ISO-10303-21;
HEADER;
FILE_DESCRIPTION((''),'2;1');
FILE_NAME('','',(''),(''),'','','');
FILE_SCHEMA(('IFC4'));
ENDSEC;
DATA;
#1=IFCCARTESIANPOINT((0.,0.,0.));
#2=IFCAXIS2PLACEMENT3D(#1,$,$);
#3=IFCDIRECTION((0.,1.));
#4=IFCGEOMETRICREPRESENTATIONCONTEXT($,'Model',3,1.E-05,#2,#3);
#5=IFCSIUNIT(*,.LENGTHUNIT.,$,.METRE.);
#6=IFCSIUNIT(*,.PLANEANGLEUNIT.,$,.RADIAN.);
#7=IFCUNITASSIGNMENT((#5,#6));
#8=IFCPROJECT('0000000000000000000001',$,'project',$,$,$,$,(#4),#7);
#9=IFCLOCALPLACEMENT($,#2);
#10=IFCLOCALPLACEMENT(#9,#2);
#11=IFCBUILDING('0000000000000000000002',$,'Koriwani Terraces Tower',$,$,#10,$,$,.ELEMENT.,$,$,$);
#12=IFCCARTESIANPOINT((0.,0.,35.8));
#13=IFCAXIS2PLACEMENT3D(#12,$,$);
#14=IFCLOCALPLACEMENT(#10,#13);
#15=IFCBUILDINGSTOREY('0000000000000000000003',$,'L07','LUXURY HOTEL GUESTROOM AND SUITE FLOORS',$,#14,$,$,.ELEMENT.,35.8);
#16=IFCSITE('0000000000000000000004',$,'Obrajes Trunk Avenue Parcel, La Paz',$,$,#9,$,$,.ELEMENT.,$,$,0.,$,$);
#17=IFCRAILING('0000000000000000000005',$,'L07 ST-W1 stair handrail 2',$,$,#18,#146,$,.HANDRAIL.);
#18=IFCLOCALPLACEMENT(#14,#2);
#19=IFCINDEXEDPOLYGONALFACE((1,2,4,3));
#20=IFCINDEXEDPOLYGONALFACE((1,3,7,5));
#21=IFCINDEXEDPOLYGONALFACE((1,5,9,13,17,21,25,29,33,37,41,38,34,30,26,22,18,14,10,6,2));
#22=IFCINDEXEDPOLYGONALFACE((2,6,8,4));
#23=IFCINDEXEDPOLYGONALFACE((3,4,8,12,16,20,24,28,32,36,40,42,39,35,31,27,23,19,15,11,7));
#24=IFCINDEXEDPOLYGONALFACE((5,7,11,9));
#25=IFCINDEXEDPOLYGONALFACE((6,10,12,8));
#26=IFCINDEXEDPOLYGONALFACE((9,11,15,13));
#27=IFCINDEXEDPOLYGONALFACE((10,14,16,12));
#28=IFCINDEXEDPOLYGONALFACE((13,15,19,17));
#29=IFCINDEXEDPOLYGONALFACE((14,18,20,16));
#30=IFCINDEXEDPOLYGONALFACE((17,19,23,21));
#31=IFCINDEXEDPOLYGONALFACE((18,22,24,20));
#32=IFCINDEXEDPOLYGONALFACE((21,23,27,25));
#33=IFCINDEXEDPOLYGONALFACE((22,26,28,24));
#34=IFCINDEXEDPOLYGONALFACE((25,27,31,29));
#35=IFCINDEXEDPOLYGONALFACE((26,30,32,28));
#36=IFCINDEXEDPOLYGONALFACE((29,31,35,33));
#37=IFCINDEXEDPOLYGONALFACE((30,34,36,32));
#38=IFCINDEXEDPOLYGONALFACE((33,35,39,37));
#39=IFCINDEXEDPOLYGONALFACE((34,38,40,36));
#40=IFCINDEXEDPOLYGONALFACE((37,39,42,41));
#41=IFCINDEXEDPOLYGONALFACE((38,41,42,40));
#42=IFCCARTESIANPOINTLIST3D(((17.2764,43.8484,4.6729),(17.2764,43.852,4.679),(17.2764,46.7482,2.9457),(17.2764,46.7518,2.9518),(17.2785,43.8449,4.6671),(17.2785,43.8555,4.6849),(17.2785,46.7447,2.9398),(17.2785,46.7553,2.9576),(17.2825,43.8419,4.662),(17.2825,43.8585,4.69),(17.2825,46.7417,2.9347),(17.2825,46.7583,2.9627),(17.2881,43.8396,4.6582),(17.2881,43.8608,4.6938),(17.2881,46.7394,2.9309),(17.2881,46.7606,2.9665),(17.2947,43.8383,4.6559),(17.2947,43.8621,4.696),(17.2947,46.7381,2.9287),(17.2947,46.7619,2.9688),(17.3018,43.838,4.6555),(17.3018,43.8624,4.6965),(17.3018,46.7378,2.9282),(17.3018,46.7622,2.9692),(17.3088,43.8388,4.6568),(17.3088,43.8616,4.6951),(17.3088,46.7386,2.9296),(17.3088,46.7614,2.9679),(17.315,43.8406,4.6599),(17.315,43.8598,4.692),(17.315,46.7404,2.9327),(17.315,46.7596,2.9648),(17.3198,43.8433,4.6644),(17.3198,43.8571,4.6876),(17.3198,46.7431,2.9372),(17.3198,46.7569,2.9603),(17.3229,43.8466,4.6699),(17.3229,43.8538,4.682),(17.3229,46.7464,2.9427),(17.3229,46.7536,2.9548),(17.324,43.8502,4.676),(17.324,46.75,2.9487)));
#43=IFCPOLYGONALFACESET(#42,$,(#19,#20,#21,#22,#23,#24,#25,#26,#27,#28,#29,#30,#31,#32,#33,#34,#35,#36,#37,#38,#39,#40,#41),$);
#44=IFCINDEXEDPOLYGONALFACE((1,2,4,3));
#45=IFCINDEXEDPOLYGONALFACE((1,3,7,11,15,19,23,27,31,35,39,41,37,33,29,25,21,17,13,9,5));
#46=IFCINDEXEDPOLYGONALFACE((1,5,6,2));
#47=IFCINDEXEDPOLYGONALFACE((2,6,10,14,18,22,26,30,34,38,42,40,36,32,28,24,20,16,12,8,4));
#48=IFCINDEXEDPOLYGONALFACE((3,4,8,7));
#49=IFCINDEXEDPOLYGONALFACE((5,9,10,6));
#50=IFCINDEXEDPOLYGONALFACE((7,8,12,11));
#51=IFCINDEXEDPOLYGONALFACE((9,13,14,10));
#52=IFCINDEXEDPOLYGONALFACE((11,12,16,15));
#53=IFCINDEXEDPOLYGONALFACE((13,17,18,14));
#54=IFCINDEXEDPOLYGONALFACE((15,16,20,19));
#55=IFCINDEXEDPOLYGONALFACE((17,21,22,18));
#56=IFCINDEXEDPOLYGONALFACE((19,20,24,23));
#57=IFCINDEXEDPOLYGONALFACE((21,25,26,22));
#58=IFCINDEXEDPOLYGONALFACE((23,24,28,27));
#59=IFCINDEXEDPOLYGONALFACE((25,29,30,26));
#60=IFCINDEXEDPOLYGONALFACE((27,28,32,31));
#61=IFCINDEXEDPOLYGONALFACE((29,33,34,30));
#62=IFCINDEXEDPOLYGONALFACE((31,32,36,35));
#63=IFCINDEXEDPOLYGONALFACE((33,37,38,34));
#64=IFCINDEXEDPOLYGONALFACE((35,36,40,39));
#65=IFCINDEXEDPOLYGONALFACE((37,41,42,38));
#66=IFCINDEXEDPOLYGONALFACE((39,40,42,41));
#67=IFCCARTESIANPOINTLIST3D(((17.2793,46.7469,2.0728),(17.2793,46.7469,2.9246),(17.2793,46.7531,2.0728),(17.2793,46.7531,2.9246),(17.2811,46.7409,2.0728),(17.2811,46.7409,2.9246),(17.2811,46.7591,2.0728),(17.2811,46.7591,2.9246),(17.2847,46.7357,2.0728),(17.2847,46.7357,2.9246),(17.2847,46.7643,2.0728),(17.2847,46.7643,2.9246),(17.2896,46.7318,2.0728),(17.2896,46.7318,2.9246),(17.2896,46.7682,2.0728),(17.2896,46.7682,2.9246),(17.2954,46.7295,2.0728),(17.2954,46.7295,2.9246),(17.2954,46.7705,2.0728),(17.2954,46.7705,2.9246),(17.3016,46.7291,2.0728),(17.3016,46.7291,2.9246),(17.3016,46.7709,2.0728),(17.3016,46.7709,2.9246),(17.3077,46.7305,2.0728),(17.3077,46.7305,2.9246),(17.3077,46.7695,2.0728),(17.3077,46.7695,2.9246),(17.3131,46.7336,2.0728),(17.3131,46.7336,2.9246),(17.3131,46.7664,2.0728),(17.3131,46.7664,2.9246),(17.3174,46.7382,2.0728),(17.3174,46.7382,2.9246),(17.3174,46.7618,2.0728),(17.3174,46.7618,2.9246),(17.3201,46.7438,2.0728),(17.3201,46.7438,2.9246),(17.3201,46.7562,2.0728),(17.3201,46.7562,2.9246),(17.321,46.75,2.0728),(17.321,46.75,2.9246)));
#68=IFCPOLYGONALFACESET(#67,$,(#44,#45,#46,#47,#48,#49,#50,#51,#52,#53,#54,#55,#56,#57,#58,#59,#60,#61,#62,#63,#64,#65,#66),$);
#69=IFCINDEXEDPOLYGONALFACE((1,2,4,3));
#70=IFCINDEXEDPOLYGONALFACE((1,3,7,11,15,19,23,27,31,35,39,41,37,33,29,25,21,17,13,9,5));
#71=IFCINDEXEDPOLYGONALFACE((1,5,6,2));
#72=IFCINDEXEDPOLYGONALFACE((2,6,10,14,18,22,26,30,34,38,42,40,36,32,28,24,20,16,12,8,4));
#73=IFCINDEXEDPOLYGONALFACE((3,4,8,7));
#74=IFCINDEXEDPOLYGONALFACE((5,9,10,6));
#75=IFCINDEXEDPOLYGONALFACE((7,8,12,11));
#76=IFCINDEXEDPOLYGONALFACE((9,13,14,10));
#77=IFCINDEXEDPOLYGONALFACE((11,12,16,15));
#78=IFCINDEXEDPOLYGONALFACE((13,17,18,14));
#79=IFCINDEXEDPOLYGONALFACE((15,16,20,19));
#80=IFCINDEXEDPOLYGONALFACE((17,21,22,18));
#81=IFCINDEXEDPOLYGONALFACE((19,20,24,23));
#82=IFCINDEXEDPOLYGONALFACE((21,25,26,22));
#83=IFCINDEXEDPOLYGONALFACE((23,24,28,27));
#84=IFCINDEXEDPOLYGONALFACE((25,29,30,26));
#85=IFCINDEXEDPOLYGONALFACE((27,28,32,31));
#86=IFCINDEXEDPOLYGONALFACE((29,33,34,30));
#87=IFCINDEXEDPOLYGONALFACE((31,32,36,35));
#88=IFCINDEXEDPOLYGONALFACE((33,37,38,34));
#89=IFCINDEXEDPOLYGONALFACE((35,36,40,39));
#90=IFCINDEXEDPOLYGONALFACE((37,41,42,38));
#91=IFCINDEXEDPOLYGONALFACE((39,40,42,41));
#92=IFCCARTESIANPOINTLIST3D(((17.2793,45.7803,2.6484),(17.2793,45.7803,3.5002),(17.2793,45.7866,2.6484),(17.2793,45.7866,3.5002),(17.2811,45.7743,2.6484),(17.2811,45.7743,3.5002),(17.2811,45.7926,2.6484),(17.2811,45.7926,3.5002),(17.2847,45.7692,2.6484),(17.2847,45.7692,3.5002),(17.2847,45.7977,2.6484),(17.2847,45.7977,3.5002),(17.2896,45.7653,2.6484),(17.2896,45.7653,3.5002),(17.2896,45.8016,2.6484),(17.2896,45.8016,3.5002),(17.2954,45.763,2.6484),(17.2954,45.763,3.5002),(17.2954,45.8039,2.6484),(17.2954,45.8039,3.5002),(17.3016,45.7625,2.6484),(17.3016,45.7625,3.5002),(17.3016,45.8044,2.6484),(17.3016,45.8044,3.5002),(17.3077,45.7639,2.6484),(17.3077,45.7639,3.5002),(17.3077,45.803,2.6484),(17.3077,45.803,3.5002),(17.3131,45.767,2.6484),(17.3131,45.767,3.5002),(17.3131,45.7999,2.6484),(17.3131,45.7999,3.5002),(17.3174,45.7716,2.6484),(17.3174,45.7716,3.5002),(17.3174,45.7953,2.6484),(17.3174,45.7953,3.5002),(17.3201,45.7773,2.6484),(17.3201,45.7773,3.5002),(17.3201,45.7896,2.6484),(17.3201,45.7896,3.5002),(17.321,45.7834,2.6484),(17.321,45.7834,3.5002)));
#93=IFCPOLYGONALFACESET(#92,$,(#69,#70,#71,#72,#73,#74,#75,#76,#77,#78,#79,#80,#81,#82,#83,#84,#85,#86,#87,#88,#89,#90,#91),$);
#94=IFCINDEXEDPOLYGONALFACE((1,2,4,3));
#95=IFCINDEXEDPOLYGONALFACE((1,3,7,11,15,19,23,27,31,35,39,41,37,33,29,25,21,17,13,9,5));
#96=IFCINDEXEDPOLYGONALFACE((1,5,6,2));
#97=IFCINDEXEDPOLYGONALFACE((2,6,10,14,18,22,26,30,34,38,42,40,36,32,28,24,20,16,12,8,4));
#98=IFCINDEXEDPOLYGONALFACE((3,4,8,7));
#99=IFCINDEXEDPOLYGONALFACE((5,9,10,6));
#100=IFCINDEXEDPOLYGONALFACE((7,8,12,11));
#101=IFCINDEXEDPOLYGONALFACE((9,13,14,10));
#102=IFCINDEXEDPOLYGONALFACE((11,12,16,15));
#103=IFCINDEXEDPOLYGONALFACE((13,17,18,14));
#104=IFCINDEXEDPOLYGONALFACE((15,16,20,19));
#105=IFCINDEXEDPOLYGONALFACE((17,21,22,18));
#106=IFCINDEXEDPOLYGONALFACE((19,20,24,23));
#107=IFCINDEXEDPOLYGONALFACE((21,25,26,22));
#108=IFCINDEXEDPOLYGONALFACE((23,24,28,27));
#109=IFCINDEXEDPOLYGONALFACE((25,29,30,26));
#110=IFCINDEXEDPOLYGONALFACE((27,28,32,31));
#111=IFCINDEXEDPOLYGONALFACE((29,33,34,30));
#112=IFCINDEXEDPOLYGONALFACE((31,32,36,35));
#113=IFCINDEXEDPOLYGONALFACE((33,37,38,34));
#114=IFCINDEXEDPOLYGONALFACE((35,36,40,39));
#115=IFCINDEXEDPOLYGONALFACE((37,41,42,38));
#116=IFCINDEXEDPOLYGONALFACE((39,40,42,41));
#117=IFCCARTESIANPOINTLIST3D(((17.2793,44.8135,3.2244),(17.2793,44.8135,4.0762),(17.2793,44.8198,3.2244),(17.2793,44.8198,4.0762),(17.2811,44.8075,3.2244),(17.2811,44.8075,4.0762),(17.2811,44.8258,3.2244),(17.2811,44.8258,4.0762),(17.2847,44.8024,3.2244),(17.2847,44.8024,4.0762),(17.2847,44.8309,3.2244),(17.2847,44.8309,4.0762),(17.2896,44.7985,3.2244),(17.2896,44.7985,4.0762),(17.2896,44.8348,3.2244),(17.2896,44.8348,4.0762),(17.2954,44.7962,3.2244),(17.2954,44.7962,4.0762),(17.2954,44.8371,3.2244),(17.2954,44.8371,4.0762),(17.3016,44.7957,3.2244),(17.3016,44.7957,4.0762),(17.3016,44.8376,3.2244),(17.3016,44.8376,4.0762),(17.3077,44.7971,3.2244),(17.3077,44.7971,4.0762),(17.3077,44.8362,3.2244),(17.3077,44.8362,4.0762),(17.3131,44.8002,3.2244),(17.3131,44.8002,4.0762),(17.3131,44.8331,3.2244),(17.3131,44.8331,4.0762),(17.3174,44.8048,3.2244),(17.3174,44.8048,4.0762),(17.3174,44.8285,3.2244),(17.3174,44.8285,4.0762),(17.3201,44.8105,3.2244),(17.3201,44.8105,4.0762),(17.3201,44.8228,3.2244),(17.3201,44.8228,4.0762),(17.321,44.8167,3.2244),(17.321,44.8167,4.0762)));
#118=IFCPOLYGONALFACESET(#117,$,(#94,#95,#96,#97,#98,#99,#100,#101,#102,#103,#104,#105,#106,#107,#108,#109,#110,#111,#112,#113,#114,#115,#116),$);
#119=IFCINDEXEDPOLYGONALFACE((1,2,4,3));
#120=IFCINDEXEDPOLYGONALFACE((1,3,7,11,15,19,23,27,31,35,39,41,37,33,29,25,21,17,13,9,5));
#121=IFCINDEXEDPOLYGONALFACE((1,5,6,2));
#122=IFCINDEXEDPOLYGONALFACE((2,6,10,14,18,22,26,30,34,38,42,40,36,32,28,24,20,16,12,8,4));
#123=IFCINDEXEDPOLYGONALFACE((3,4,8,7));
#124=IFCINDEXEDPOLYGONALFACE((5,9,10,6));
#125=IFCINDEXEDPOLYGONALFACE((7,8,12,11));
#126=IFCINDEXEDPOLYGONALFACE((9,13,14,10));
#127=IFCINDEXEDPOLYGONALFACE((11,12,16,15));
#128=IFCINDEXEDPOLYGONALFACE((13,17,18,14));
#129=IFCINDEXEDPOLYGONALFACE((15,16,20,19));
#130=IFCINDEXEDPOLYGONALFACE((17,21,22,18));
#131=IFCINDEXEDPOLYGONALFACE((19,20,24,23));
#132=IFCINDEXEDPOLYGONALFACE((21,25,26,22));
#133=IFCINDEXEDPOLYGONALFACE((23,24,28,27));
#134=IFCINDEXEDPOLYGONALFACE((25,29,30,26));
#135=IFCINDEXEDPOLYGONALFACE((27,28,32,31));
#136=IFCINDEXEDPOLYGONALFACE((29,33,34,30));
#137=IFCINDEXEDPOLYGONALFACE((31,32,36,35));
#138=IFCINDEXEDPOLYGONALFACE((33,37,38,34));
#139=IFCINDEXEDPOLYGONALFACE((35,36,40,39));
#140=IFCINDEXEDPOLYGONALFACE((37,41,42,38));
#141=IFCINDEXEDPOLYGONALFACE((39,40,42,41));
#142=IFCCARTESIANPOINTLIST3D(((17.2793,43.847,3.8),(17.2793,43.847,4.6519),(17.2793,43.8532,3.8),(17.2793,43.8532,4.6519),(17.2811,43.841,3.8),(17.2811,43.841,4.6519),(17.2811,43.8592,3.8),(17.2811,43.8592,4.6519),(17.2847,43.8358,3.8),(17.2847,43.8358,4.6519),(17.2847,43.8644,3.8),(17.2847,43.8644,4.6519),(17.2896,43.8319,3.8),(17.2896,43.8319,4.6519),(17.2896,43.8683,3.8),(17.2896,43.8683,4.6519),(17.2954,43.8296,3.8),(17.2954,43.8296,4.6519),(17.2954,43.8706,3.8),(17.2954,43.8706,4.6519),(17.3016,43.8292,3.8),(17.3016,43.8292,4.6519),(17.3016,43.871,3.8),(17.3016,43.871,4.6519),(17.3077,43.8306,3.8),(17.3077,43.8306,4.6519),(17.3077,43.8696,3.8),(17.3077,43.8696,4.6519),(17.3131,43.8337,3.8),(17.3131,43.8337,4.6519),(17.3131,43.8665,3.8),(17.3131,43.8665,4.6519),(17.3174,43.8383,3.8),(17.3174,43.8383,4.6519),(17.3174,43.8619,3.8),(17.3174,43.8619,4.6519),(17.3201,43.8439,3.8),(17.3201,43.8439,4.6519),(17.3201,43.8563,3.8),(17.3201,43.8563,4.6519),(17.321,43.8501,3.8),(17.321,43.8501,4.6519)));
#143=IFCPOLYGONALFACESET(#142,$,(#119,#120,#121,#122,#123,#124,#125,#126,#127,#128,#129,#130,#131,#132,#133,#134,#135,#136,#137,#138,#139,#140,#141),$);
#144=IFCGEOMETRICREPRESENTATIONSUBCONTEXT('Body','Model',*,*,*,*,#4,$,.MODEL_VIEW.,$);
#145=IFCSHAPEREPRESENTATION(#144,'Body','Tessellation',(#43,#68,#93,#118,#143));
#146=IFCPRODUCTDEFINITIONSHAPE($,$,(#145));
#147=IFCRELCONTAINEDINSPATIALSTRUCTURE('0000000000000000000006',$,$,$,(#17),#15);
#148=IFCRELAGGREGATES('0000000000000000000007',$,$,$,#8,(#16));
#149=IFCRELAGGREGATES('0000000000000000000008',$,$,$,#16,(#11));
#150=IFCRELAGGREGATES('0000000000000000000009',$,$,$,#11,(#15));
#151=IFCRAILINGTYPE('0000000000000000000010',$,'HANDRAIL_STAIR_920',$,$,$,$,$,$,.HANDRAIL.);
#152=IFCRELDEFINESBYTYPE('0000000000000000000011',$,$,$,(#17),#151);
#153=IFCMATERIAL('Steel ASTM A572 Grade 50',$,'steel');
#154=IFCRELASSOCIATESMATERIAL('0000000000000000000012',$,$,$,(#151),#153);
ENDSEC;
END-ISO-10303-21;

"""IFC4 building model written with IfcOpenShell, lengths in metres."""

from ifc_helpers import new_model, si_unit, direction, frame, origin, origin_2d, place, context, subcontext, project, spatial, circle, extrude, material, type_object, element, save


model = new_model("IFC4")

# Units and contexts
model_context = context("Model", 3, precision=1e-05, world=origin(), true_north=direction((0.0, 1.0)))
body_context = subcontext(model_context, "Body", "Model", "MODEL_VIEW")
ifc_project = project(units=[si_unit("LENGTHUNIT", "METRE"), si_unit("PLANEANGLEUNIT", "RADIAN")], contexts=[model_context])

# Site, building, storey
site_placement = place(None, origin())
site = spatial("IfcSite", under=ifc_project, at=site_placement, Name="Obrajes Trunk Avenue Parcel, La Paz", CompositionType="ELEMENT", RefElevation=0.0)
building_placement = place(site_placement, origin())
building = spatial("IfcBuilding", under=site, at=building_placement, Name="Koriwani Terraces Tower", CompositionType="ELEMENT")
storey_placement = place(building_placement, frame((0.0, 0.0, 35.8)))
storey = spatial("IfcBuildingStorey", under=building, at=storey_placement, Name="L07", Description="LUXURY HOTEL GUESTROOM AND SUITE FLOORS", CompositionType="ELEMENT", Elevation=35.8)

# Shared definitions
ifc_material_1 = material(Name="Steel ASTM A572 Grade 50", Category="steel")

# Railing
railing_type_1 = type_object("IfcRailingType", Name="HANDRAIL_STAIR_920", PredefinedType="HANDRAIL", material=ifc_material_1)
for number, where, name in (
    (1, (17.3, 46.75, 2.0728), "L07 ST-W1 stair handrail 2"),
):
    element("IfcRailing", number, at=place(storey_placement, frame(where)), inside=storey, type_object=railing_type_1, Name=name, PredefinedType="HANDRAIL", context=body_context, shape_type="SweptSolid", body=[
        extrude(circle(Radius=0.0239, at=origin_2d()), frame((0.0, 0.0, 0.876), z_axis=(0.0, -0.859141, 0.511738), x_axis=(1.0, 0.0, 0.0)), (0.0, 0.0, 1.0), 3.3752),
        extrude(circle(Radius=0.021, at=origin_2d()), origin(), (0.0, 0.0, 1.0), 0.8518),
        extrude(circle(Radius=0.021, at=origin_2d()), frame((0.0, -0.9666, 0.5757)), (0.0, 0.0, 1.0), 0.8518),
        extrude(circle(Radius=0.021, at=origin_2d()), frame((0.0, -1.9333, 1.1516)), (0.0, 0.0, 1.0), 0.8518),
        extrude(circle(Radius=0.021, at=origin_2d()), frame((0.0, -2.8999, 1.7273)), (0.0, 0.0, 1.0), 0.8518),
    ])

save(model, "model.ifc")
